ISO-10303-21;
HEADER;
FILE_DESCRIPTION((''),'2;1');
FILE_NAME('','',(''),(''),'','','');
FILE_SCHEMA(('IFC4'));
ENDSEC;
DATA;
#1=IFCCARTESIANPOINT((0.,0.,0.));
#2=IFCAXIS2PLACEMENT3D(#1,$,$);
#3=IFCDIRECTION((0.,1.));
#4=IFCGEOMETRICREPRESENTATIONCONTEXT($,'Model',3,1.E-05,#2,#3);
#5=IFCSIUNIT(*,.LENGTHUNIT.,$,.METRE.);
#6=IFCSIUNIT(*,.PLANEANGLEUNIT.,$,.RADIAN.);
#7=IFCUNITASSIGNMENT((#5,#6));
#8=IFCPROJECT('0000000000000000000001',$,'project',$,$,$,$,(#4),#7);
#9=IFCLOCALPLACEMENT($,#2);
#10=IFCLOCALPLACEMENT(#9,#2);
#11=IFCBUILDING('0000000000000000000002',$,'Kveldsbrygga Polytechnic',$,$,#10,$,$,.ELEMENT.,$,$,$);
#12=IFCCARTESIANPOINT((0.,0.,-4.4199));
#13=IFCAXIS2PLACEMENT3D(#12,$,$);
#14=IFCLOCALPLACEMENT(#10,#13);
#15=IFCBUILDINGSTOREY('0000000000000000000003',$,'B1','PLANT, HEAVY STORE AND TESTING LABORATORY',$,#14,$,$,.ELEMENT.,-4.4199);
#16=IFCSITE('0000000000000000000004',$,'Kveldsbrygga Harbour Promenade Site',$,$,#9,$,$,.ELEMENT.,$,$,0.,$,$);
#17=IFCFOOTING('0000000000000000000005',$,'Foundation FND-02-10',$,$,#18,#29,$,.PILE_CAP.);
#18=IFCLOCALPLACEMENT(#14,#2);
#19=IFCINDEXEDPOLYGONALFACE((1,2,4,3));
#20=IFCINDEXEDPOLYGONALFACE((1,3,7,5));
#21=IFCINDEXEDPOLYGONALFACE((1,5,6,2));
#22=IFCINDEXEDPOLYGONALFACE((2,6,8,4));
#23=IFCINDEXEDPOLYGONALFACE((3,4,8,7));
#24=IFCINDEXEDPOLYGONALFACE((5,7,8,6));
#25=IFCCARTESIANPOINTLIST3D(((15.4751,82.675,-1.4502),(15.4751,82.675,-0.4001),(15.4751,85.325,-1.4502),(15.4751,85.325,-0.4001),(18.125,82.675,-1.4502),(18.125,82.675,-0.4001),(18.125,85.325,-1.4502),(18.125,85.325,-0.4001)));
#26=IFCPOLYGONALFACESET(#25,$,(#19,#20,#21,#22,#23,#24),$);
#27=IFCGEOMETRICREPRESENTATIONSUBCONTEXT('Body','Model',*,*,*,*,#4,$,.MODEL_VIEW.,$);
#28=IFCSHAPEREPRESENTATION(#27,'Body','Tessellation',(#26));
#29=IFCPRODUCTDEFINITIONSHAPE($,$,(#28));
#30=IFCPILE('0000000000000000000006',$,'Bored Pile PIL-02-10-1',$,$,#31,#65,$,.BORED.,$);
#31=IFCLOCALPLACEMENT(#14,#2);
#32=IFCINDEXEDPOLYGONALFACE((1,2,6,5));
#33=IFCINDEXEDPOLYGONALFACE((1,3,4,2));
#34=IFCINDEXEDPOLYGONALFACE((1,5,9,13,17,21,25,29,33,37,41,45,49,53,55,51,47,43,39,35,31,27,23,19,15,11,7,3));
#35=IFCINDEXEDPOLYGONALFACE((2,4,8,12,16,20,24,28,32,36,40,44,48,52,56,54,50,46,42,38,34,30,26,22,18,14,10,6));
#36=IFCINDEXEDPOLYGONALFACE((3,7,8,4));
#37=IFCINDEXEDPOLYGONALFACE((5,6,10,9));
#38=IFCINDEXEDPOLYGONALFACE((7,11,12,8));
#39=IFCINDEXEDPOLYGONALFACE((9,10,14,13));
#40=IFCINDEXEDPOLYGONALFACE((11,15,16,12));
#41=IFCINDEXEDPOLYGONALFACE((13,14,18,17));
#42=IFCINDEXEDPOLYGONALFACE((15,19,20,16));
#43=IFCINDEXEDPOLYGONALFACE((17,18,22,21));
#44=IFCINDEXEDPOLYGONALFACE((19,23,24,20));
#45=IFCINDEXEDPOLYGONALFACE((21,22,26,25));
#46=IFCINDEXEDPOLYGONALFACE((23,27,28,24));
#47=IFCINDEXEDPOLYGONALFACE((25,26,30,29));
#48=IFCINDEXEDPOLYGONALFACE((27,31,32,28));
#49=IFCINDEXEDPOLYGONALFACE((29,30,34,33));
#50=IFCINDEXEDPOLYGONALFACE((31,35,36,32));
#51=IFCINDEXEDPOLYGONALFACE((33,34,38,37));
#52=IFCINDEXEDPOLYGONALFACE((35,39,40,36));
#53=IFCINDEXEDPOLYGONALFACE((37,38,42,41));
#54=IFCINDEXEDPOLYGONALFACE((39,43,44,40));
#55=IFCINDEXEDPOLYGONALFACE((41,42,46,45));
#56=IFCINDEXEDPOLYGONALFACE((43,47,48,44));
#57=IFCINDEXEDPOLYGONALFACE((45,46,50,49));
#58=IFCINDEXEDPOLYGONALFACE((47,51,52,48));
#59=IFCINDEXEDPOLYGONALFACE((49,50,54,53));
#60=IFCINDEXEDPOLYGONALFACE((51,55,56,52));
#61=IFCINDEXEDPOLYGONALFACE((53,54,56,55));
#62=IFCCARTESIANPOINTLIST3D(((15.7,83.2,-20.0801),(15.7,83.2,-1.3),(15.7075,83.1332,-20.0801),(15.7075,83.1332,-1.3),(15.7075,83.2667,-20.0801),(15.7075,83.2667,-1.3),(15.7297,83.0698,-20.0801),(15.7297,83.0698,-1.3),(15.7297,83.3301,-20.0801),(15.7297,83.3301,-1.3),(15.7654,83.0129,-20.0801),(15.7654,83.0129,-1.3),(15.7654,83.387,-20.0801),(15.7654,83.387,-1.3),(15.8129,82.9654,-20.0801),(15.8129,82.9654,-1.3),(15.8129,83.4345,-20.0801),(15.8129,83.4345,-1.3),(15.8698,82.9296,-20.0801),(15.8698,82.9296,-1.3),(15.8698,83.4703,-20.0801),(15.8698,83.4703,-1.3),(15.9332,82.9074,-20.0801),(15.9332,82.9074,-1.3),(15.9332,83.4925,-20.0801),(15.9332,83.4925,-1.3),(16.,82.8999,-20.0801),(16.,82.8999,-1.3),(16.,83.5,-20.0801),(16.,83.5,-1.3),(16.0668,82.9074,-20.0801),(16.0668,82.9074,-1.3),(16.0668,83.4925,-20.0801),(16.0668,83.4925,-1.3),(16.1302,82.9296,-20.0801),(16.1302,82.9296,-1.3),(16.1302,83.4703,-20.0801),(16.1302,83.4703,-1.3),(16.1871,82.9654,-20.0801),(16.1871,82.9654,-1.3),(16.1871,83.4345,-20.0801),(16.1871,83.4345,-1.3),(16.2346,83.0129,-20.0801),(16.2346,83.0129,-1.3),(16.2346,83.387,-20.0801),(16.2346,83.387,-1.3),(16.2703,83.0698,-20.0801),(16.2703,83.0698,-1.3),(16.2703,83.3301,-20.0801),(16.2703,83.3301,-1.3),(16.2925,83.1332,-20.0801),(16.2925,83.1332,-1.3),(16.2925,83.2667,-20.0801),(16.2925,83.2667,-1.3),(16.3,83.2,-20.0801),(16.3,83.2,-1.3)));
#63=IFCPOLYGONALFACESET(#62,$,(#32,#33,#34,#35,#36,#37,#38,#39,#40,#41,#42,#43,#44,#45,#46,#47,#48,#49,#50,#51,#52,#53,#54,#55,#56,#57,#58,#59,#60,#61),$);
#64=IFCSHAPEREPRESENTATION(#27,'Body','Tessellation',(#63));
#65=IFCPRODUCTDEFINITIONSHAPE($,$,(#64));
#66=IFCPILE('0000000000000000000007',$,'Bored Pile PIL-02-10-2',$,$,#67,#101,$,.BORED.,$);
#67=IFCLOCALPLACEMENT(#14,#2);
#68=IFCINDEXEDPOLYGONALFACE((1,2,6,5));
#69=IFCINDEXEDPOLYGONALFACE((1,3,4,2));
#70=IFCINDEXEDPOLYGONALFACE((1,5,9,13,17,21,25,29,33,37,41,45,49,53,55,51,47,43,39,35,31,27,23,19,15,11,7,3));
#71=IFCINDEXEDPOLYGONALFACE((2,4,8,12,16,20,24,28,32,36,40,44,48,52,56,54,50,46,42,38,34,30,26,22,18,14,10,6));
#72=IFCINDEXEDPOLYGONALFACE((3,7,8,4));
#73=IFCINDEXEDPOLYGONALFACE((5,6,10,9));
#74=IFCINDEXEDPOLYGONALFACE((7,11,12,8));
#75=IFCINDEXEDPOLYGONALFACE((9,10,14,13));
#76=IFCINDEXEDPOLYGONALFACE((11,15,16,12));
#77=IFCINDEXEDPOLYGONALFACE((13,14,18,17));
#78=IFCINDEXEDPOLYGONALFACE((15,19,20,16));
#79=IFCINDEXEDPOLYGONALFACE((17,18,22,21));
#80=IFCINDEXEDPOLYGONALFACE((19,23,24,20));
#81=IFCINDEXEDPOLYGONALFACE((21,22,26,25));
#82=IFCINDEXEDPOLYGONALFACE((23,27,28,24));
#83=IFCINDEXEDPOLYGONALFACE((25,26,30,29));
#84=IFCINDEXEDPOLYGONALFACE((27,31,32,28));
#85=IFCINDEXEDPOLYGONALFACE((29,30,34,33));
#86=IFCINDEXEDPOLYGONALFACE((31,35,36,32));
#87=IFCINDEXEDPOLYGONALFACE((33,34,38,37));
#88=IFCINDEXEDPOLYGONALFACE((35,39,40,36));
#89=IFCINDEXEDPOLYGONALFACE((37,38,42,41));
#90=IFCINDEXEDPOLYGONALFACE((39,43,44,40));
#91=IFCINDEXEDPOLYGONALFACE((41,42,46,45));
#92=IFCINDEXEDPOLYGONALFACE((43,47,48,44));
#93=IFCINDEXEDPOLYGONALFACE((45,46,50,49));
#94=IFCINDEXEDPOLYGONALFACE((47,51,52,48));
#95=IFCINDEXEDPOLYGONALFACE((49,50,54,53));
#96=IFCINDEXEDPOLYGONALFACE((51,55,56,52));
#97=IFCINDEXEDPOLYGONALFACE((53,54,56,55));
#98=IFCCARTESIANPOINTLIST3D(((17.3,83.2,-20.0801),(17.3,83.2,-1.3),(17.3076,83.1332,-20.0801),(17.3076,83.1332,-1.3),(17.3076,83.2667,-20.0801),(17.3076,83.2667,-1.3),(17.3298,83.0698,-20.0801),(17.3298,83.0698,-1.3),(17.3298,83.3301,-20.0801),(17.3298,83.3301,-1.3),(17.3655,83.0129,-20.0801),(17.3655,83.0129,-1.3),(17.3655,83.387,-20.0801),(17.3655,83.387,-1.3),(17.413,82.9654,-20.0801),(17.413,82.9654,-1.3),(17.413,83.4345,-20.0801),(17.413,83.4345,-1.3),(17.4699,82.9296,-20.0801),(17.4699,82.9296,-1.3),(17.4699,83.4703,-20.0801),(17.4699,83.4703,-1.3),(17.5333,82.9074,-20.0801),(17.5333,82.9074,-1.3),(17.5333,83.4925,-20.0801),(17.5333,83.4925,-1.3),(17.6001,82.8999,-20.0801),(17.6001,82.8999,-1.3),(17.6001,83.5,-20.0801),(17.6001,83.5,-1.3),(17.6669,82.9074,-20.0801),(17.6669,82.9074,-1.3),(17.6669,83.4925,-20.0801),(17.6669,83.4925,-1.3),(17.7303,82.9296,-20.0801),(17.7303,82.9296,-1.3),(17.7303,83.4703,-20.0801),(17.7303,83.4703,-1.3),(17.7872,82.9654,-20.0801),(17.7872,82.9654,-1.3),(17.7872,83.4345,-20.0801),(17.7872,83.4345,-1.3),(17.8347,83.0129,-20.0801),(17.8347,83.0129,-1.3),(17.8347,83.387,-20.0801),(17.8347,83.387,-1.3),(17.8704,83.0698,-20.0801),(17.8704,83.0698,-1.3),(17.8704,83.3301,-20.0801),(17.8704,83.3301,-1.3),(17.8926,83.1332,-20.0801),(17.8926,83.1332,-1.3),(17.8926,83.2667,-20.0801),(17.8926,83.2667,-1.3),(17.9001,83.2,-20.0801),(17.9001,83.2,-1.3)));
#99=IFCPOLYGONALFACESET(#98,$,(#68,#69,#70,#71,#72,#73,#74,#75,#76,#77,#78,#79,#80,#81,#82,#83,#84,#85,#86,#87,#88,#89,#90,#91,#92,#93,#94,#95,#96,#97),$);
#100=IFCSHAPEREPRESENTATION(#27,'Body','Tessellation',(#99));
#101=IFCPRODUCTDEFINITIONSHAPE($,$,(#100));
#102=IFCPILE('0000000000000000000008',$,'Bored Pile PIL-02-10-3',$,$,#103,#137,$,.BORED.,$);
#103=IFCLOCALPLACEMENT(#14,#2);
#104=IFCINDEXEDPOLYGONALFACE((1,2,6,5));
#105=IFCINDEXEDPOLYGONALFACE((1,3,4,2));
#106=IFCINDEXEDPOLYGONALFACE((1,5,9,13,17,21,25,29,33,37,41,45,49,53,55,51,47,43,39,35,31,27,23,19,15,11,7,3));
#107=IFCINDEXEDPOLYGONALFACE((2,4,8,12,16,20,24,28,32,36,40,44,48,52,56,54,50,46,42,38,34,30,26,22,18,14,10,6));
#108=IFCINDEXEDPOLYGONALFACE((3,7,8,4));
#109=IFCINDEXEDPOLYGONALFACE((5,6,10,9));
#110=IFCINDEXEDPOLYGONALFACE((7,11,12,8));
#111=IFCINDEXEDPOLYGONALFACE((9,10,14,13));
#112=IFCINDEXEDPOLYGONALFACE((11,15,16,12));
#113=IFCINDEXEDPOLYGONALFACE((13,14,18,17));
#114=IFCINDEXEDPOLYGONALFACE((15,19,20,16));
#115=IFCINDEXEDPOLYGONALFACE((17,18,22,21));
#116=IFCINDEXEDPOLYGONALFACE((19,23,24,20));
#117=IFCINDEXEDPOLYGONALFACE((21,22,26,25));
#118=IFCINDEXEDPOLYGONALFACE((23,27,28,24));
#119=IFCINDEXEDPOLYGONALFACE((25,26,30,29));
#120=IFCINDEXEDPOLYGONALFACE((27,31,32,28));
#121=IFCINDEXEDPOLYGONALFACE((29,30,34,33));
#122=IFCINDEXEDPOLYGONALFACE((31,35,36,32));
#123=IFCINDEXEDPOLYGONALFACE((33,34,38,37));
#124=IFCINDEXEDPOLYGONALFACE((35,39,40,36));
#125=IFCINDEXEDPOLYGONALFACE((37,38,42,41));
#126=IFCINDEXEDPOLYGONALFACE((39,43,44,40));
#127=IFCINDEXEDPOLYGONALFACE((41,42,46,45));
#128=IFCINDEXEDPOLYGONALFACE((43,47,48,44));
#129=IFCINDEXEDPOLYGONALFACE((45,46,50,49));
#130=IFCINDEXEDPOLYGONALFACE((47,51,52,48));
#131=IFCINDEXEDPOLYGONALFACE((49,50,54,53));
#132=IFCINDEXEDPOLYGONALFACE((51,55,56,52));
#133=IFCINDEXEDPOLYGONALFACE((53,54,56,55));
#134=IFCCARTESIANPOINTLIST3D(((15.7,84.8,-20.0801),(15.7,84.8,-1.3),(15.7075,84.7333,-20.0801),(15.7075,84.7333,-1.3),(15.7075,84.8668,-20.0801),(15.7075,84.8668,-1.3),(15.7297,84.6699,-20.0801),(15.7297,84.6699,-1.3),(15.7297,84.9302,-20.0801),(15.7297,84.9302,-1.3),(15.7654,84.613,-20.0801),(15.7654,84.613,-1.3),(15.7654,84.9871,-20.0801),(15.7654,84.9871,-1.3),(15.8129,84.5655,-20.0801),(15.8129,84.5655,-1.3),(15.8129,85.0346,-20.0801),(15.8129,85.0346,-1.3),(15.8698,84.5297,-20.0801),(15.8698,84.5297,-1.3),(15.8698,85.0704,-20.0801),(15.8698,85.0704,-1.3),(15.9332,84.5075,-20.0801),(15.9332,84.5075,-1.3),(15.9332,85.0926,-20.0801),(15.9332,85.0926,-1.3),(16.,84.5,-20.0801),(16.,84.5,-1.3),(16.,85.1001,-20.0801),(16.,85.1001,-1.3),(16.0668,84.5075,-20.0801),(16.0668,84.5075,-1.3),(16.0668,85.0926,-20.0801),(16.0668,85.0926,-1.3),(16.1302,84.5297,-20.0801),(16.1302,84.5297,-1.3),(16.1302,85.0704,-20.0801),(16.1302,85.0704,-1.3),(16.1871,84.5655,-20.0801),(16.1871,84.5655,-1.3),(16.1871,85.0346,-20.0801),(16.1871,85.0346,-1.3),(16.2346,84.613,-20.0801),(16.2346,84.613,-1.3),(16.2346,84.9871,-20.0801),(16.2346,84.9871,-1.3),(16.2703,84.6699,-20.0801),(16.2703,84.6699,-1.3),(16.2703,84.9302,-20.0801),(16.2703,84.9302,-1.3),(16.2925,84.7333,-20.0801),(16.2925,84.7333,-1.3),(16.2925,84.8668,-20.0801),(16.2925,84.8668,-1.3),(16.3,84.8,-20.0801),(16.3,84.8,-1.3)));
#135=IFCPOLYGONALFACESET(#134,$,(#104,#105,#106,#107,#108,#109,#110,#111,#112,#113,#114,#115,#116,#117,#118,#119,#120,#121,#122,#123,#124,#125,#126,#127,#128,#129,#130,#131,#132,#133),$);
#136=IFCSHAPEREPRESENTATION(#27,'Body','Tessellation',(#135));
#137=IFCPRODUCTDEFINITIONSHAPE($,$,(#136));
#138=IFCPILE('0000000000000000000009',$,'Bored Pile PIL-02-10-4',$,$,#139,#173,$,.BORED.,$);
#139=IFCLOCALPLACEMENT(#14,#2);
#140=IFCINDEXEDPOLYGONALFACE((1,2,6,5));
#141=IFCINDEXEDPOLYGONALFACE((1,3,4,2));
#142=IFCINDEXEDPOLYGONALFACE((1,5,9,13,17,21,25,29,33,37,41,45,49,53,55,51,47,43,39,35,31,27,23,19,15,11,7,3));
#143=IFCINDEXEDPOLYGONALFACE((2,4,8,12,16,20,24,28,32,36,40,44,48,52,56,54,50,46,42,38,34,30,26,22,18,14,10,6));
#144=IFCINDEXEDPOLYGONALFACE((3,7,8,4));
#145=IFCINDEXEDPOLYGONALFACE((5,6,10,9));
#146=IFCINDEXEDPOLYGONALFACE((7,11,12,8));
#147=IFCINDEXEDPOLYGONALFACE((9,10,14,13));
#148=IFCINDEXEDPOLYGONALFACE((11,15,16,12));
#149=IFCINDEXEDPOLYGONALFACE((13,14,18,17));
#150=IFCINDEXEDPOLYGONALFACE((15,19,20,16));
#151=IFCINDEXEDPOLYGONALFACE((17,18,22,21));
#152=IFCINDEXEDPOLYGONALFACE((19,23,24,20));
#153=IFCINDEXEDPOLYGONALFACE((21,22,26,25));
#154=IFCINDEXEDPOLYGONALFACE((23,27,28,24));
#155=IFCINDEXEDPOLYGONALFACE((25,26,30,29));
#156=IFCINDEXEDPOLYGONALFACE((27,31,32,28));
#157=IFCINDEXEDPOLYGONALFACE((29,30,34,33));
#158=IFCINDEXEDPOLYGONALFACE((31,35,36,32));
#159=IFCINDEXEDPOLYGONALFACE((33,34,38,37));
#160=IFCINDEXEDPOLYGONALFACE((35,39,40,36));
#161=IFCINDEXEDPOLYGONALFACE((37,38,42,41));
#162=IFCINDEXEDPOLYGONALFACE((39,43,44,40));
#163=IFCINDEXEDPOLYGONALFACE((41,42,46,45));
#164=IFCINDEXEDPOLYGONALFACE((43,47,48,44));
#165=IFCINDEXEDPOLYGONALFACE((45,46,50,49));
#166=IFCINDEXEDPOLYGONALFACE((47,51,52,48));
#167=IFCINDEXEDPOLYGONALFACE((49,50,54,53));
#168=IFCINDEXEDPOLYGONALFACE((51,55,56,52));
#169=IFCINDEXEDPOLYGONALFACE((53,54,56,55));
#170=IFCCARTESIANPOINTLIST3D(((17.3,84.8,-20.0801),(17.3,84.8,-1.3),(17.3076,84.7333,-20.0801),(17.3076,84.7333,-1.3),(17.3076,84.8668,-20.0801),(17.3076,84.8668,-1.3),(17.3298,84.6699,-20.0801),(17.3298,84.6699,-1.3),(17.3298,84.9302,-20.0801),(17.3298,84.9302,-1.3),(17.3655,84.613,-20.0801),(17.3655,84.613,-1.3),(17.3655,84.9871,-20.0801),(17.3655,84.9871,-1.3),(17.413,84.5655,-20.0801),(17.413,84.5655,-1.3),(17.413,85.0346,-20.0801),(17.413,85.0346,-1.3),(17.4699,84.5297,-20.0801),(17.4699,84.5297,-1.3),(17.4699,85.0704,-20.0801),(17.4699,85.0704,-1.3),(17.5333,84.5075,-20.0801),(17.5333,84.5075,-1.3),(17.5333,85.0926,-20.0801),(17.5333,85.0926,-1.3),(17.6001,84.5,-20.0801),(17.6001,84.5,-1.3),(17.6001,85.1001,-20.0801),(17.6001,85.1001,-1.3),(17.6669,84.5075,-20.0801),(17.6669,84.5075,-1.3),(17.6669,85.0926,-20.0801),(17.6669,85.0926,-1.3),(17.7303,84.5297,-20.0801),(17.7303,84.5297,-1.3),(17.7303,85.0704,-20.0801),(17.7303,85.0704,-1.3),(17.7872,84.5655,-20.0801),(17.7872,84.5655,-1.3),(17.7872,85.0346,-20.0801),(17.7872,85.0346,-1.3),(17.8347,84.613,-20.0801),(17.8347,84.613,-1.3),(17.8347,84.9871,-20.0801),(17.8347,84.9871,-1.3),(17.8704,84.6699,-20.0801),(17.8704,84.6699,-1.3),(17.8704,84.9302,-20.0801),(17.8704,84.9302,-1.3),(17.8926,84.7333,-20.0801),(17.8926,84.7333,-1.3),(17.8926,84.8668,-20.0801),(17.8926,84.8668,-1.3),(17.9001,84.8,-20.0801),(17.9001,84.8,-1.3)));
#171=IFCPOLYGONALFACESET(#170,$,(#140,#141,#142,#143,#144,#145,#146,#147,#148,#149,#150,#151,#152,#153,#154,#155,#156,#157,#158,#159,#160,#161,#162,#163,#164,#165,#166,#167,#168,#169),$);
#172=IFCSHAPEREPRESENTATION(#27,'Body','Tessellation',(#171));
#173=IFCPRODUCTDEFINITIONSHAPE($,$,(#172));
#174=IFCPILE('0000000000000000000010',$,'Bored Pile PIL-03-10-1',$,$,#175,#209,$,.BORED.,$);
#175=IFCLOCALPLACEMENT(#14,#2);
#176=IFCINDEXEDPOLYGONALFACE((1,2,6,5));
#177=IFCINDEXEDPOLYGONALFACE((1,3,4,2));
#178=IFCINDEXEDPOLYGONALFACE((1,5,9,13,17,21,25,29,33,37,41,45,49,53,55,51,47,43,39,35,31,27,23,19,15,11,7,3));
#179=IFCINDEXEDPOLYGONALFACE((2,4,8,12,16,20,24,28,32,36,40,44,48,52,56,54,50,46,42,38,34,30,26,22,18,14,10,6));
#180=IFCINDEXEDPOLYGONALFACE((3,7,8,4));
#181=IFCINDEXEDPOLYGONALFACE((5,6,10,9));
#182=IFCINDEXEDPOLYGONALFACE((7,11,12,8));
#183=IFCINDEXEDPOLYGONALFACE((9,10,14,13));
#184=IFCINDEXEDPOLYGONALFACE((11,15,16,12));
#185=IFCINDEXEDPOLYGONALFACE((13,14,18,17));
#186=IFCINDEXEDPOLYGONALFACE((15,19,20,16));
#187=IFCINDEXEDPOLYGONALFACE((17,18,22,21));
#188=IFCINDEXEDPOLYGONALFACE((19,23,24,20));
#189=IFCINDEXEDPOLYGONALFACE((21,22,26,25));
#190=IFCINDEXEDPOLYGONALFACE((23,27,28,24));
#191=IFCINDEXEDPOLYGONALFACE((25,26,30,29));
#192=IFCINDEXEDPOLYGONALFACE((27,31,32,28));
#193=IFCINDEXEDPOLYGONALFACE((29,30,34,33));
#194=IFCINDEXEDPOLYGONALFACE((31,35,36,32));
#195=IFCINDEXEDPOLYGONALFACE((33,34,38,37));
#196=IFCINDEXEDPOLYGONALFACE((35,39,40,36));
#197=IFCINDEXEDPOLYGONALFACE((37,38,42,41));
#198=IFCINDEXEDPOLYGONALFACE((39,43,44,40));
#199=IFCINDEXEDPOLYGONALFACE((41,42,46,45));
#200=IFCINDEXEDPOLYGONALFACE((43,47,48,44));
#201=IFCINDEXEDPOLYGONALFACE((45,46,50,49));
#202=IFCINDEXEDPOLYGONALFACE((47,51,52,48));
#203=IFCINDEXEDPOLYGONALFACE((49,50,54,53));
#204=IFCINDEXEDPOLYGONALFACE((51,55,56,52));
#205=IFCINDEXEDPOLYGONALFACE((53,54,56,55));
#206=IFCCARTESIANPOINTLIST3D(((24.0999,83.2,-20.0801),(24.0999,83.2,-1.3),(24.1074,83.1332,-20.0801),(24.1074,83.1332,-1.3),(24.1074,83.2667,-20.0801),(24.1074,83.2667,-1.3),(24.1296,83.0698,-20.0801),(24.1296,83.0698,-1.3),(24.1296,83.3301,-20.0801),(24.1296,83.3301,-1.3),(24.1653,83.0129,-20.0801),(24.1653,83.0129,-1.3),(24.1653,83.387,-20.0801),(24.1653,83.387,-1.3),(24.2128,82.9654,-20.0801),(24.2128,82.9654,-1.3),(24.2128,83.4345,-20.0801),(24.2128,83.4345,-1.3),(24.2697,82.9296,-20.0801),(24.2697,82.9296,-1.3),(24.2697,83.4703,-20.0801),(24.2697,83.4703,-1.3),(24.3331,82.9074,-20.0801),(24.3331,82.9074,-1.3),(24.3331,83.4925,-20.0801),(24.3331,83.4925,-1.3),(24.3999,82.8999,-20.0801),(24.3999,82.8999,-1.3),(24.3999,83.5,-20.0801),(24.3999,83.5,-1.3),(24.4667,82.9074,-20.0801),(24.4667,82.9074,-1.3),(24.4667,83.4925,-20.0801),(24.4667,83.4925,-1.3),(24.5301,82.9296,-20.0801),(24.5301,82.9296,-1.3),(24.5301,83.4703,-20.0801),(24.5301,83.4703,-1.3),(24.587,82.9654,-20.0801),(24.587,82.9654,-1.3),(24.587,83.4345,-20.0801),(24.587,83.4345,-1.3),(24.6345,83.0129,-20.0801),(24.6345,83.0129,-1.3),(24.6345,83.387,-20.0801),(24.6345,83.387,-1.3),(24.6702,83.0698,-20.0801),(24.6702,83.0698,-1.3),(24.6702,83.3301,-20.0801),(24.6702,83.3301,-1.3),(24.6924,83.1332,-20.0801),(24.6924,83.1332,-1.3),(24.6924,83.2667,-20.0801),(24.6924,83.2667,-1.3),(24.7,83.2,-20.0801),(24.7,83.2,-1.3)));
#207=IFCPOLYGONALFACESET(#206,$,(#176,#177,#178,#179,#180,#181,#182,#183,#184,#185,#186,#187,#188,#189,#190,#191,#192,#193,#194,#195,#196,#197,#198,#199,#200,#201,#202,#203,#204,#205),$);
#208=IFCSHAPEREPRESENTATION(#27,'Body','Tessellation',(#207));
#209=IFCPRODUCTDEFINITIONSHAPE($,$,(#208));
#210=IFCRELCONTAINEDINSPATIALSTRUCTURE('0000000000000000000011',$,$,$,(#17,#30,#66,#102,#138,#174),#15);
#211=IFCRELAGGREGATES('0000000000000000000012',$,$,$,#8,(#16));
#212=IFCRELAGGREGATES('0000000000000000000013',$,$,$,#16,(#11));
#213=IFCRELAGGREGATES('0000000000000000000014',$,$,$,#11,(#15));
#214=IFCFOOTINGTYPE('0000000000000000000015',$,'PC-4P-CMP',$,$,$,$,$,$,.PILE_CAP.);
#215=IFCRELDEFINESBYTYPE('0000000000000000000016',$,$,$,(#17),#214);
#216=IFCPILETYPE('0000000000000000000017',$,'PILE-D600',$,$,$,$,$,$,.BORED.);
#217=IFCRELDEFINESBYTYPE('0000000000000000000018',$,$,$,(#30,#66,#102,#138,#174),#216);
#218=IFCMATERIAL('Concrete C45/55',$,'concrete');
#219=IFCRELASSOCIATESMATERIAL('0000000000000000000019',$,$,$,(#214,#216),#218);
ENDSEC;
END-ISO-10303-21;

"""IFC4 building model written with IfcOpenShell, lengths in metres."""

from ifc_helpers import new_model, si_unit, direction, frame, origin, origin_2d, place, context, subcontext, project, spatial, rectangle, circle, extrude, material, material_profile, profile_set, type_object, element, save


model = new_model("IFC4")

# Units and contexts
model_context = context("Model", 3, precision=1e-05, world=origin(), true_north=direction((0.0, 1.0)))
body_context = subcontext(model_context, "Body", "Model", "MODEL_VIEW")
ifc_project = project(units=[si_unit("LENGTHUNIT", "METRE"), si_unit("PLANEANGLEUNIT", "RADIAN")], contexts=[model_context])

# Site, building, storey
site_placement = place(None, origin())
site = spatial("IfcSite", under=ifc_project, at=site_placement, Name="Kveldsbrygga Harbour Promenade Site", CompositionType="ELEMENT", RefElevation=0.0)
building_placement = place(site_placement, origin())
building = spatial("IfcBuilding", under=site, at=building_placement, Name="Kveldsbrygga Polytechnic", CompositionType="ELEMENT")
storey_placement = place(building_placement, frame((0.0, 0.0, -4.4199)))
storey = spatial("IfcBuildingStorey", under=building, at=storey_placement, Name="B1", Description="PLANT, HEAVY STORE AND TESTING LABORATORY", CompositionType="ELEMENT", Elevation=-4.4199)

# Footing
ifc_material_1 = material(Name="Concrete C45/55", Category="concrete")
footing_type = type_object("IfcFootingType", Name="PC-4P-CMP", PredefinedType="PILE_CAP", material=ifc_material_1)
footing_placement = place(storey_placement, frame((16.8, 84.0, -1.4502), z_axis=(0.0, 0.0, 1.0), x_axis=(1.0, 0.0, 0.0)))
element("IfcFooting", 1, at=footing_placement, inside=storey, type_object=footing_type, Name="Foundation FND-02-10", PredefinedType="PILE_CAP", context=body_context, shape_type="SweptSolid", body=[
    extrude(rectangle(XDim=2.6499, YDim=2.6499, at=origin_2d()), origin(), (0.0, 0.0, 1.0), 1.05),
])

# Piles
ifc_material_profile_1 = material_profile(ifc_material_1, circle(Radius=0.3, at=origin_2d()), Name="PILE D600")
ifc_profile_set_1 = profile_set([ifc_material_profile_1], Name="Concrete C45/55")
pile_type = type_object("IfcPileType", Name="PILE-D600", PredefinedType="BORED", material=ifc_profile_set_1)
for number, where, z_axis, x_axis, name in (
    (2, (16.0, 83.2, -1.3), (0.0, 0.0, -1.0), (1.0, 0.0, 0.0), "Bored Pile PIL-02-10-1"),
    (3, (17.6001, 83.2, -1.3), (0.0, 0.0, -1.0), (1.0, 0.0, 0.0), "Bored Pile PIL-02-10-2"),
    (4, (16.0, 84.8, -1.3), (0.0, 0.0, -1.0), (1.0, 0.0, 0.0), "Bored Pile PIL-02-10-3"),
    (5, (17.6001, 84.8, -1.3), (0.0, 0.0, -1.0), (1.0, 0.0, 0.0), "Bored Pile PIL-02-10-4"),
    (6, (24.3999, 83.2, -1.3), (0.0, 0.0, -1.0), (1.0, 0.0, 0.0), "Bored Pile PIL-03-10-1"),
):
    element("IfcPile", number, at=place(storey_placement, frame(where, z_axis=z_axis, x_axis=x_axis)), inside=storey, type_object=pile_type, Name=name, PredefinedType="BORED", context=body_context, shape_type="SweptSolid", body=[
        extrude(circle(Radius=0.3, at=origin_2d()), origin(), (0.0, 0.0, 1.0), 18.78),
    ])

save(model, "model.ifc")
